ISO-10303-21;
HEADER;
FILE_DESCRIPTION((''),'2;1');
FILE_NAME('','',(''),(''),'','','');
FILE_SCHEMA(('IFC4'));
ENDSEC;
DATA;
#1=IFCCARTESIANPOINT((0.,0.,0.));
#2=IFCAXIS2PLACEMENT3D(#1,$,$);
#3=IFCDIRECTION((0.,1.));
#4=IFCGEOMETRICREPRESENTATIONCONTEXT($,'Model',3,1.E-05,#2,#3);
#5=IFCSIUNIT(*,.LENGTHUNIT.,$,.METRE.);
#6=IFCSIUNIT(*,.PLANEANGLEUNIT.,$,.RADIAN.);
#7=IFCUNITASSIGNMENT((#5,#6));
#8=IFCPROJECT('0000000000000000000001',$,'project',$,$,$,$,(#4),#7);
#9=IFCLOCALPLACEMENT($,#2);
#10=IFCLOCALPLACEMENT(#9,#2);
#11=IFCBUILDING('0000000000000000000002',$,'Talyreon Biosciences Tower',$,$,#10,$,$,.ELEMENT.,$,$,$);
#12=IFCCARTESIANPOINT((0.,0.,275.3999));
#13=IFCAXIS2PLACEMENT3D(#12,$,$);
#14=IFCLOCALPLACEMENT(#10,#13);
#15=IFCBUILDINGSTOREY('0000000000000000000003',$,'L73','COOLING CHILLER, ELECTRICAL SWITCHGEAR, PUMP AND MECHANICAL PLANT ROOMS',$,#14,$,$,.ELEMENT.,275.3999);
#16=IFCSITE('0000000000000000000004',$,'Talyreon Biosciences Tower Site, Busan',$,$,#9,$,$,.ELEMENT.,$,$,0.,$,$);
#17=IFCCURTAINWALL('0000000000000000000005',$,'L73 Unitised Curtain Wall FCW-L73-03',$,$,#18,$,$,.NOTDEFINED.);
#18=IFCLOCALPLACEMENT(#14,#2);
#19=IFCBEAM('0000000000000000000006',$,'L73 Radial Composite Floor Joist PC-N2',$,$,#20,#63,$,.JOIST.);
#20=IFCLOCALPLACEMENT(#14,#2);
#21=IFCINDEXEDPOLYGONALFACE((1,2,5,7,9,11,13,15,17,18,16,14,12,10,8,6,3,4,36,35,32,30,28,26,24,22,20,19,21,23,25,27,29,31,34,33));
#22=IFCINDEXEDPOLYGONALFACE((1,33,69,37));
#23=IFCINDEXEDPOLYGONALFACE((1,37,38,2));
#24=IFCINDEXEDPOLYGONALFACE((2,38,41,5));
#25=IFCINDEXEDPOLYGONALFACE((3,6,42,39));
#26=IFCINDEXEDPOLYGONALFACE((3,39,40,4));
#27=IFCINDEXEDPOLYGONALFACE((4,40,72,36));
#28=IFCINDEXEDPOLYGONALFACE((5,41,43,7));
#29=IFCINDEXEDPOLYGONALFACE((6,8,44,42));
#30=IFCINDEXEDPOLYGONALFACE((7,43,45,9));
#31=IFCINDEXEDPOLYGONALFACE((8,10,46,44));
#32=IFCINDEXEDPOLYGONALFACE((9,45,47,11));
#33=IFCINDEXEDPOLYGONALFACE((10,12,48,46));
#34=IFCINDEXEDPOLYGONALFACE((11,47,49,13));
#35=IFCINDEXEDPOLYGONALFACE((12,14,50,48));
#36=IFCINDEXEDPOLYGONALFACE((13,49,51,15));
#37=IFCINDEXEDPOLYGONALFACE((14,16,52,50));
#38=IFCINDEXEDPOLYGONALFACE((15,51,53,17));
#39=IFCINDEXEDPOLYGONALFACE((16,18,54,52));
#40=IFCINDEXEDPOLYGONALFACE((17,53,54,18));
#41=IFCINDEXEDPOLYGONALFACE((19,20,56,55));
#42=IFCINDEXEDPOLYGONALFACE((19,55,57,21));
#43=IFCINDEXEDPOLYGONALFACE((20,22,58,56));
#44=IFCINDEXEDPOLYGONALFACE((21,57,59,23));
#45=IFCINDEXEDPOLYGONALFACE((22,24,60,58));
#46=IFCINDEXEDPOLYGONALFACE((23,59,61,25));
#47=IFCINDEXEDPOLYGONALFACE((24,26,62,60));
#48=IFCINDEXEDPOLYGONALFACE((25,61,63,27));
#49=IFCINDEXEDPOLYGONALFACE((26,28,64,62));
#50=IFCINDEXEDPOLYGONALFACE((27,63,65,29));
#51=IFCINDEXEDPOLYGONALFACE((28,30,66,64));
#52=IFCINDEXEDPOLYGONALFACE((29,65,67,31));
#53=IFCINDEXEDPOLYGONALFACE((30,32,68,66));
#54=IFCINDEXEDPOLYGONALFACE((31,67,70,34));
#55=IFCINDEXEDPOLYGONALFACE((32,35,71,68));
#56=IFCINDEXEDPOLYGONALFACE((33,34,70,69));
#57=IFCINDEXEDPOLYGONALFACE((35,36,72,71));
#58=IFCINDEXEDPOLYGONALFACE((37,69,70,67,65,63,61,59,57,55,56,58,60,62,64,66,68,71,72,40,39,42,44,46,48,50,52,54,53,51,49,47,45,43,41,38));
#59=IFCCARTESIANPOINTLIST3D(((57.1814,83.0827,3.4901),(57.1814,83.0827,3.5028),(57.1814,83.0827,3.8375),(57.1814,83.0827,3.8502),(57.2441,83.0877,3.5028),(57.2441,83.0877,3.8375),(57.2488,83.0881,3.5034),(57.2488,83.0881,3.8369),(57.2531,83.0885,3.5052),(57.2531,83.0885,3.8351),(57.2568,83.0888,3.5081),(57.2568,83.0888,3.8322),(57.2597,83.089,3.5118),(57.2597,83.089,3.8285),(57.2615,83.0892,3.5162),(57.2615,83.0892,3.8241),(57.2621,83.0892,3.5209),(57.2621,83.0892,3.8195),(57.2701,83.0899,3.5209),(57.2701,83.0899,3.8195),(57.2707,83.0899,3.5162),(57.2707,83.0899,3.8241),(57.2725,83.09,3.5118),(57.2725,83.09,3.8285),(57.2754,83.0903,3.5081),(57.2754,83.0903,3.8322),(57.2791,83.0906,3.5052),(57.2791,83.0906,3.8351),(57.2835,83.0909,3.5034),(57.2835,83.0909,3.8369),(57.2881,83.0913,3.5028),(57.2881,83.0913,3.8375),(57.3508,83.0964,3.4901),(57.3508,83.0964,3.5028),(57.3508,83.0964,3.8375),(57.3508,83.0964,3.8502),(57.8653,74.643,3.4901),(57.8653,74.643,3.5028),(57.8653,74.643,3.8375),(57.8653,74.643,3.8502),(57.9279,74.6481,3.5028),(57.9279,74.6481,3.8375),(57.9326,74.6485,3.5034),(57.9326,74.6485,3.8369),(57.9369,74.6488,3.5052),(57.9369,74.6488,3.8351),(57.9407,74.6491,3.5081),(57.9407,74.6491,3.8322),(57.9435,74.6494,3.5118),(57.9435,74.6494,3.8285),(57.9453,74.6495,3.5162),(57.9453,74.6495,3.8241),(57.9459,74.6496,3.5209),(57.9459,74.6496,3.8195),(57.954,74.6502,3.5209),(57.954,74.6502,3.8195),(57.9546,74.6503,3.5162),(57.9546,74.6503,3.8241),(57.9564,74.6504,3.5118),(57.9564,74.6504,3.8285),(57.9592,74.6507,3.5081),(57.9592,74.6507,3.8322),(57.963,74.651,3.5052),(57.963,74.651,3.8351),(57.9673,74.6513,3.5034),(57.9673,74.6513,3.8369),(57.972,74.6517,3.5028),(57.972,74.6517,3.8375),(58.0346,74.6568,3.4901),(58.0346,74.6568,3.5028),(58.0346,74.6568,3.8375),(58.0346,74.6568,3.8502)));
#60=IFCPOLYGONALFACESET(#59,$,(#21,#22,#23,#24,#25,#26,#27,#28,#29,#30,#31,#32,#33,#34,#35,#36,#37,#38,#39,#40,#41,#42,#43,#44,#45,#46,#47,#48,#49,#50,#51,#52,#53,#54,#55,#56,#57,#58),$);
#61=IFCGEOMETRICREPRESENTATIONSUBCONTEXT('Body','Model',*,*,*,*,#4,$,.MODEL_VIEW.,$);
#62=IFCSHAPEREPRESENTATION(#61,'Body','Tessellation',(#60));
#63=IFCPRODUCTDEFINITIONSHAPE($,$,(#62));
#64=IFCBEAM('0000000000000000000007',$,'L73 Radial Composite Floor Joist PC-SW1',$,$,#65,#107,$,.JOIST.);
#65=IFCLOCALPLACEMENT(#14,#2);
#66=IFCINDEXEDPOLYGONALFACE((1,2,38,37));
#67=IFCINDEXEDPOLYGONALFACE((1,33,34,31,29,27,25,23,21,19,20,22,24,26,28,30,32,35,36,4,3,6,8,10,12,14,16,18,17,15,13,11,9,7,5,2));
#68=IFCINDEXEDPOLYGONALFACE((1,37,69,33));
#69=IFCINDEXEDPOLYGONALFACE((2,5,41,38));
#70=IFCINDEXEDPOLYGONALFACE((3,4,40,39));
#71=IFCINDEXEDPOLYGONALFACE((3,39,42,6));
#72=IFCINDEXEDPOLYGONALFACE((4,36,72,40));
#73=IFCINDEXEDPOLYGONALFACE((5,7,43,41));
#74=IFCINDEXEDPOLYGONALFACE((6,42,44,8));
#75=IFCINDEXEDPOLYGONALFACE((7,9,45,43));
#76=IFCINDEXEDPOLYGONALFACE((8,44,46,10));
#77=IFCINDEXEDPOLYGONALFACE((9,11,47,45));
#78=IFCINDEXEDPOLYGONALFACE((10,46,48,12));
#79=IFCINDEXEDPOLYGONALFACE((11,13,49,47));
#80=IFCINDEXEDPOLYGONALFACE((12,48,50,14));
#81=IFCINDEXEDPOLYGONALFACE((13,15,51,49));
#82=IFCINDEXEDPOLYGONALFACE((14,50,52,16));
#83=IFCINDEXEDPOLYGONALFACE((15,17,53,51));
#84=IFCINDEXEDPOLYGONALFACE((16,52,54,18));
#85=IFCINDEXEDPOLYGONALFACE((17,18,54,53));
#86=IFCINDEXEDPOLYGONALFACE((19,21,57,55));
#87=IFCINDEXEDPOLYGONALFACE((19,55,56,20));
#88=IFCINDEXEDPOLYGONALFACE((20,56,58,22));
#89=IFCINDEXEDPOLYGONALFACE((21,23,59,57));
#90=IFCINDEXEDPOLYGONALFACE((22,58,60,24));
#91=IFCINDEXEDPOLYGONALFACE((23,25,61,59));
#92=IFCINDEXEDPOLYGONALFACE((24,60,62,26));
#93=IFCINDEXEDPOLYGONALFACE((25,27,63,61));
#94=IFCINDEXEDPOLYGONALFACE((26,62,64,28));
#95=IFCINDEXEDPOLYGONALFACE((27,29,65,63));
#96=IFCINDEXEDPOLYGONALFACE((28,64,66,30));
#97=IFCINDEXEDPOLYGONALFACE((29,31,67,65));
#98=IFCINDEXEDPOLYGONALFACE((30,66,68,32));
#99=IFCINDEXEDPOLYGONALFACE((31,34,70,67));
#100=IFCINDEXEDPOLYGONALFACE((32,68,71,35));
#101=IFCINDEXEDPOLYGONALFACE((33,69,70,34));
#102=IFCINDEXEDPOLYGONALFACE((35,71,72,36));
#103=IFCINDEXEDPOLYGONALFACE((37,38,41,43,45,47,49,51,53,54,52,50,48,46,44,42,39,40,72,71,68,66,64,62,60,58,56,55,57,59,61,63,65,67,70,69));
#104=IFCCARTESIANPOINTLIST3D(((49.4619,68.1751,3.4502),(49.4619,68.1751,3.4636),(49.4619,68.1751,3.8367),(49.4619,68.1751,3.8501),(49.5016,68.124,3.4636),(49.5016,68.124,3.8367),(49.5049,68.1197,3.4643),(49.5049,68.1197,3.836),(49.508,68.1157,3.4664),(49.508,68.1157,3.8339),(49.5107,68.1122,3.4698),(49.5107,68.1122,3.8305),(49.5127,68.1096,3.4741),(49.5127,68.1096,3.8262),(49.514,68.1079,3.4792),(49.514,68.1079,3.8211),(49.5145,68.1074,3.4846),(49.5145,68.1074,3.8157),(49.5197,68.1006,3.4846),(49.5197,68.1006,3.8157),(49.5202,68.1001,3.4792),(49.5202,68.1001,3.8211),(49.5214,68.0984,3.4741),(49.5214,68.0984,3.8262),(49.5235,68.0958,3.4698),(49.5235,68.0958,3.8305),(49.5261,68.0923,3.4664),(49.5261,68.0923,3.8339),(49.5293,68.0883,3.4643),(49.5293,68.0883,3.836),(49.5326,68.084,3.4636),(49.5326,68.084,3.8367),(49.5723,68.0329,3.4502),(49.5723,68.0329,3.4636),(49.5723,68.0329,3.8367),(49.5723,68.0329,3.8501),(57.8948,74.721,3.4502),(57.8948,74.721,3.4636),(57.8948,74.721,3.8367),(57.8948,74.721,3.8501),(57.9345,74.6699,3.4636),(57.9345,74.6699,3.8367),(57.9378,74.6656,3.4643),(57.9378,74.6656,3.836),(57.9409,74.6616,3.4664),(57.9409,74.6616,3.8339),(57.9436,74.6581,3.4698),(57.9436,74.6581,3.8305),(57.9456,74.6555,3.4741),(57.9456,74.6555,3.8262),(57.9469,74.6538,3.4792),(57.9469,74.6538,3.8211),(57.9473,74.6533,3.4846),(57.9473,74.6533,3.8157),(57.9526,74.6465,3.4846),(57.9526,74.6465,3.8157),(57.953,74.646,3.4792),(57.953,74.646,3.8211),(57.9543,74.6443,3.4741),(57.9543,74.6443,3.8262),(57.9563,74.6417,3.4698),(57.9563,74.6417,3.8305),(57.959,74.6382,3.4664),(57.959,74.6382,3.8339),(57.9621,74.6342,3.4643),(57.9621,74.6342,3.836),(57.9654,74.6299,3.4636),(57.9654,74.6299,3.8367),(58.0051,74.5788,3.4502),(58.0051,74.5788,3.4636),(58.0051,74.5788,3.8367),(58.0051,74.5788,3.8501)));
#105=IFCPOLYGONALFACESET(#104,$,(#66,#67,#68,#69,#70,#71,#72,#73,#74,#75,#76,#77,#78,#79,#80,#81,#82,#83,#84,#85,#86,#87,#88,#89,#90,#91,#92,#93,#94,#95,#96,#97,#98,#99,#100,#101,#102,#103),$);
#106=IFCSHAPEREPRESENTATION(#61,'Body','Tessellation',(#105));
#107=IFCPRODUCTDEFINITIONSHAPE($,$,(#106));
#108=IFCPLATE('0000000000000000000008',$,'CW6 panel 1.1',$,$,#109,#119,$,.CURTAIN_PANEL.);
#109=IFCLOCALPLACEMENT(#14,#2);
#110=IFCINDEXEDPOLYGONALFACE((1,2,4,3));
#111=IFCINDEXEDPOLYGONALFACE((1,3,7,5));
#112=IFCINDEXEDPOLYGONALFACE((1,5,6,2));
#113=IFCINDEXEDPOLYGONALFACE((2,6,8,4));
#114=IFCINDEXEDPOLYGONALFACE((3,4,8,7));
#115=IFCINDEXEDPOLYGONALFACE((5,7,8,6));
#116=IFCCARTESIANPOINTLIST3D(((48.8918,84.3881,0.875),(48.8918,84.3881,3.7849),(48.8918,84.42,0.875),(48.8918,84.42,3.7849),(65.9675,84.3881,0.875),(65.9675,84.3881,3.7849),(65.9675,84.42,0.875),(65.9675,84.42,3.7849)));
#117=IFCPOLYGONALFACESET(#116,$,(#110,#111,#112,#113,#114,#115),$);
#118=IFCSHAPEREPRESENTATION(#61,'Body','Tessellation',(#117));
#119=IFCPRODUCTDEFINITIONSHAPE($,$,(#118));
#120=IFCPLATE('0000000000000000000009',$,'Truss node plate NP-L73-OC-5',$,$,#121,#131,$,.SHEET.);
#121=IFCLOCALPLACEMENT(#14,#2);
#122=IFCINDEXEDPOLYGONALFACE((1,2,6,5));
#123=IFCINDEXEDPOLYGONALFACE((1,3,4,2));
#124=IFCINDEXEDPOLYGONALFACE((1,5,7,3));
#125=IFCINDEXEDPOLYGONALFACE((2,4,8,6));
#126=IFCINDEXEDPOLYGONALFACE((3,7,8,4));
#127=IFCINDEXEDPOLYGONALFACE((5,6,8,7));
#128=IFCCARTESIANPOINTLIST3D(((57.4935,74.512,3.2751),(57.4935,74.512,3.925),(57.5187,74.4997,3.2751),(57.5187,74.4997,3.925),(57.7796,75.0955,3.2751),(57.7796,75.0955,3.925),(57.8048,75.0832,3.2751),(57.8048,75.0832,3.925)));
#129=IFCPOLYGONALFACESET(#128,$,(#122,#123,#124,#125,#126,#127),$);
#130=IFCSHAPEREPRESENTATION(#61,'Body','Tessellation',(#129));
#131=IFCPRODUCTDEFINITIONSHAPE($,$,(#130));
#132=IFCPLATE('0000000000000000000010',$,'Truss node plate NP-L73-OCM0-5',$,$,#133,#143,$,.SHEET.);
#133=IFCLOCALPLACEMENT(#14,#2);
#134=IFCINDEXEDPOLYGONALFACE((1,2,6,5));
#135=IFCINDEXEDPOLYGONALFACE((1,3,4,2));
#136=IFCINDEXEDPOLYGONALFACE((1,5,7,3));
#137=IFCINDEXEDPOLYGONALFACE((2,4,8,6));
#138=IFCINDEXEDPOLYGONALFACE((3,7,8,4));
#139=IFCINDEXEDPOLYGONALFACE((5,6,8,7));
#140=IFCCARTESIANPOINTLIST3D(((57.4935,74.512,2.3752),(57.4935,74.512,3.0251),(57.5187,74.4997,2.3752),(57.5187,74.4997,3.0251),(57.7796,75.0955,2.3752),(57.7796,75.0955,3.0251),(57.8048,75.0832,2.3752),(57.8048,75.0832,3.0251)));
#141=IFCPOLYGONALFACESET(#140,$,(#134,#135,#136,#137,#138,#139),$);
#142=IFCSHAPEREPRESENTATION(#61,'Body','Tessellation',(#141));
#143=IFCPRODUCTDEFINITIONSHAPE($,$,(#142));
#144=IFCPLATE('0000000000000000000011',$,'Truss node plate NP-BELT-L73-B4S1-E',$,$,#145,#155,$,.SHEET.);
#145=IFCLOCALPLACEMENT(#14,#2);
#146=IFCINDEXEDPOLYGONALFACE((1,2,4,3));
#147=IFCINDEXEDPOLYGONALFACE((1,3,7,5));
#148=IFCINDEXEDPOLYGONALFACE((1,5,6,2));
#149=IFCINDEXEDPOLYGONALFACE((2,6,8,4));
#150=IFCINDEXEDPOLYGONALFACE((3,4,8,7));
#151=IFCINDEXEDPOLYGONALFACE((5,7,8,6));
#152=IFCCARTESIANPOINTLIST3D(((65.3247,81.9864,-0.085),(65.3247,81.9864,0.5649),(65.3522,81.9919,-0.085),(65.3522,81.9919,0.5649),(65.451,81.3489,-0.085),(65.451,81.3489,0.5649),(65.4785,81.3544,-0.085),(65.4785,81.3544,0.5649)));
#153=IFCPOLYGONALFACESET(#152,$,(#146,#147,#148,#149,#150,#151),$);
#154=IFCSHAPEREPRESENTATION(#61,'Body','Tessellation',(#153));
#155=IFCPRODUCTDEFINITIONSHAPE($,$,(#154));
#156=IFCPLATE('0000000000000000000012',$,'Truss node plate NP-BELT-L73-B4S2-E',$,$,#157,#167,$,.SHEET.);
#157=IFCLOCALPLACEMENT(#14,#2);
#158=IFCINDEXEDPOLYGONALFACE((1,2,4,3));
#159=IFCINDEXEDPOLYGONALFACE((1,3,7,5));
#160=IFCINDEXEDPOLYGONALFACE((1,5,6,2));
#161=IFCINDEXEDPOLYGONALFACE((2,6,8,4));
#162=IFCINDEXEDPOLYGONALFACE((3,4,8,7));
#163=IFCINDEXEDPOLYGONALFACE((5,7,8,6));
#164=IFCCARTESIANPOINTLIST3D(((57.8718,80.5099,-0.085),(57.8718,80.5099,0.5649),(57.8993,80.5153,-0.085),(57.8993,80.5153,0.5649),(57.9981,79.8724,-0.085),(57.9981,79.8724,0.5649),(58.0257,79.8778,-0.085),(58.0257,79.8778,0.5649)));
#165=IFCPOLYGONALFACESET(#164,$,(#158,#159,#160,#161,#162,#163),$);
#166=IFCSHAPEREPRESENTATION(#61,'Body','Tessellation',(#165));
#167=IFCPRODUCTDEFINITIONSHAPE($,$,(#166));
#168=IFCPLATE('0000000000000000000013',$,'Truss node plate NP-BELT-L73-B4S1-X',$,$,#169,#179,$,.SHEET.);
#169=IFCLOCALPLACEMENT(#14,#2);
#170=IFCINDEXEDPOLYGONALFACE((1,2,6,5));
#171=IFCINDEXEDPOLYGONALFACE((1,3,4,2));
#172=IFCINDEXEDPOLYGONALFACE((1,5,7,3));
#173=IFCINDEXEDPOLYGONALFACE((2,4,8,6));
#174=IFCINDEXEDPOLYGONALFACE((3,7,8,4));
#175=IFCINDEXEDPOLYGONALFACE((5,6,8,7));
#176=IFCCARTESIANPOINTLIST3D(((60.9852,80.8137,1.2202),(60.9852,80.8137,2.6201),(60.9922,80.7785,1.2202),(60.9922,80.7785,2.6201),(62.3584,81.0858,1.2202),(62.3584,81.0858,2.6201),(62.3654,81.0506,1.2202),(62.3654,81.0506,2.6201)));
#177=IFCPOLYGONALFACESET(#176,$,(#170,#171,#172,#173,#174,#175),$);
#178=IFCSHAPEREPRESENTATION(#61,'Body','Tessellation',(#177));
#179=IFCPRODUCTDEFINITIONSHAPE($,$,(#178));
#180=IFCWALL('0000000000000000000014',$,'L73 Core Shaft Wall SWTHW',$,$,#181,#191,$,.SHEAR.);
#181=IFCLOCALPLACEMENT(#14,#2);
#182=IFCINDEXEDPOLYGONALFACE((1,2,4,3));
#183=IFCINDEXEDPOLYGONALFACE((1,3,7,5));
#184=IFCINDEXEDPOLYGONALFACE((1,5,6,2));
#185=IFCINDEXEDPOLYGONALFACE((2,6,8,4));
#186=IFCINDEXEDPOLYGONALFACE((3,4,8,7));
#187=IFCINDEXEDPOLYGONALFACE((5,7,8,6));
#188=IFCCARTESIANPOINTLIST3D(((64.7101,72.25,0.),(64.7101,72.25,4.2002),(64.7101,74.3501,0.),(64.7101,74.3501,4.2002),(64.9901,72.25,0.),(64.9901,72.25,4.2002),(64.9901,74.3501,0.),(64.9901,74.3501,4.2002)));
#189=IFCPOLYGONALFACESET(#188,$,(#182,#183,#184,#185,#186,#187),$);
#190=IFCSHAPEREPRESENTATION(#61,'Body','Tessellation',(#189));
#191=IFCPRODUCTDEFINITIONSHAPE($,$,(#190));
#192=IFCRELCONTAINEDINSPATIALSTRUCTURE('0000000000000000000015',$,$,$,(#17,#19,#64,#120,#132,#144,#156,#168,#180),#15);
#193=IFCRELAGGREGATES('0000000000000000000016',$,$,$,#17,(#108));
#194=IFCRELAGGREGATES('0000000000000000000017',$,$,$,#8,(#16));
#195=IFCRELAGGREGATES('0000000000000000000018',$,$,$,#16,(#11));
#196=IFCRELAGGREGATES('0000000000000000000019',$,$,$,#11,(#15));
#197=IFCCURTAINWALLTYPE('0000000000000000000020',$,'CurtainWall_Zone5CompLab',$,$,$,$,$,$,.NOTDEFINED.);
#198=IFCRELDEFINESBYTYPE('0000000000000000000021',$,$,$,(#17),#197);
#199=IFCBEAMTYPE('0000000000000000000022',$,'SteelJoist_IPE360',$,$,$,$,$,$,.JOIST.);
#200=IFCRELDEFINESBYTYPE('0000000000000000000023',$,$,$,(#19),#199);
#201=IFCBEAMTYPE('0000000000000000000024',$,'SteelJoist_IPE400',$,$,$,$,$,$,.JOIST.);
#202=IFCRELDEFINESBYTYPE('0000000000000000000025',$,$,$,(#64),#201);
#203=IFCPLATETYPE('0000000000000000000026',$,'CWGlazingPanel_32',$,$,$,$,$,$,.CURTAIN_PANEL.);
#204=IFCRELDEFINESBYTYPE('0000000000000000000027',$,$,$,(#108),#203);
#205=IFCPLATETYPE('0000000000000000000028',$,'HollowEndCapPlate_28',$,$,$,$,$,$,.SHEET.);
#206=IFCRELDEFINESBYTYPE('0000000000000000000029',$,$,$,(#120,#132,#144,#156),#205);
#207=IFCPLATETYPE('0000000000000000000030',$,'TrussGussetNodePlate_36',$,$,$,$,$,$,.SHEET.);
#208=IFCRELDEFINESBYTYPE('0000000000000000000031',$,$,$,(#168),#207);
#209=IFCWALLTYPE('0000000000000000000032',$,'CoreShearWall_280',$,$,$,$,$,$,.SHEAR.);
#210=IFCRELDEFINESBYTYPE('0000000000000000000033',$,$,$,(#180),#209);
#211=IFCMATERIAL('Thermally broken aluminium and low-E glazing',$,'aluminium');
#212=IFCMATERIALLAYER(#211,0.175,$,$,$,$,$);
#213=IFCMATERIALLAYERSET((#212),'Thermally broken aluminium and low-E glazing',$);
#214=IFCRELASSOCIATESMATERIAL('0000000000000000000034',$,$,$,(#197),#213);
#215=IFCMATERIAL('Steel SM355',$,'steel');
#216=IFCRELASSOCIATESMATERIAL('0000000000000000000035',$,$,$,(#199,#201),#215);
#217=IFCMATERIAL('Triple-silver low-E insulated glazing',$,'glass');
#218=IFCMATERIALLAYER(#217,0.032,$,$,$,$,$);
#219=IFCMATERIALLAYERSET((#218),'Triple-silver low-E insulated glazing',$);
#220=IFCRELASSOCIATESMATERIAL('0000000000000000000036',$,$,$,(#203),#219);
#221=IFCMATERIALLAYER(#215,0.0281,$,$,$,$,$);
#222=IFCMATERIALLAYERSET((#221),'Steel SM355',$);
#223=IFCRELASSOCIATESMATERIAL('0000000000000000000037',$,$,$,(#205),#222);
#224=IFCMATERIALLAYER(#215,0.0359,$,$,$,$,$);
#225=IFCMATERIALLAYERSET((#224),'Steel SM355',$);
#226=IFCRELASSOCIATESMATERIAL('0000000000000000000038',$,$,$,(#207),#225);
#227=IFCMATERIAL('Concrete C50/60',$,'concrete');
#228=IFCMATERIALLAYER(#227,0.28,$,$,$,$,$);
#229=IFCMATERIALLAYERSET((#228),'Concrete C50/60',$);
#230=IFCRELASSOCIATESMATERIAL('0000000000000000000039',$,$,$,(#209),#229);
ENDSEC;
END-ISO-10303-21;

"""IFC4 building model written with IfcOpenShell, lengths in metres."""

from ifc_helpers import new_model, si_unit, direction, frame, frame_2d, origin, origin_2d, place, context, subcontext, project, spatial, rectangle, i_section, extrude, material, layer, layer_set, material_profile, profile_set, type_object, element, aggregate, save


model = new_model("IFC4")

# Units and contexts
model_context = context("Model", 3, precision=1e-05, world=origin(), true_north=direction((0.0, 1.0)))
body_context = subcontext(model_context, "Body", "Model", "MODEL_VIEW")
ifc_project = project(units=[si_unit("LENGTHUNIT", "METRE"), si_unit("PLANEANGLEUNIT", "RADIAN")], contexts=[model_context])

# Site, building, storey
site_placement = place(None, origin())
site = spatial("IfcSite", under=ifc_project, at=site_placement, Name="Talyreon Biosciences Tower Site, Busan", CompositionType="ELEMENT", RefElevation=0.0)
building_placement = place(site_placement, origin())
building = spatial("IfcBuilding", under=site, at=building_placement, Name="Talyreon Biosciences Tower", CompositionType="ELEMENT")
storey_placement = place(building_placement, frame((0.0, 0.0, 275.3999)))
storey = spatial("IfcBuildingStorey", under=building, at=storey_placement, Name="L73", Description="COOLING CHILLER, ELECTRICAL SWITCHGEAR, PUMP AND MECHANICAL PLANT ROOMS", CompositionType="ELEMENT", Elevation=275.3999)

# Shared definitions
ifc_material_1 = material(Name="Concrete C50/60", Category="concrete")

# Shared definitions
ifc_material_2 = material(Name="Steel SM355", Category="steel")

# Curtain wall
ifc_material_3 = material(Name="Thermally broken aluminium and low-E glazing", Category="aluminium")
ifc_layer_1 = layer(ifc_material_3, 0.175)
ifc_layer_set_1 = layer_set([ifc_layer_1], Name="Thermally broken aluminium and low-E glazing")
curtain_wall_type = type_object("IfcCurtainWallType", Name="CurtainWall_Zone5CompLab", PredefinedType="NOTDEFINED", material=ifc_layer_set_1)
curtain_wall_placement = place(storey_placement, origin())
curtain_wall = element("IfcCurtainWall", 1, at=curtain_wall_placement, inside=storey, type_object=curtain_wall_type, Name="L73 Unitised Curtain Wall FCW-L73-03", PredefinedType="NOTDEFINED")

# Beams
ifc_material_profile_1 = material_profile(ifc_material_2, i_section(OverallWidth=0.1699, OverallDepth=0.3601, WebThickness=0.0081, FlangeThickness=0.0127, FilletRadius=0.0181, at=origin_2d()), Name="IPE360")
ifc_profile_set_1 = profile_set([ifc_material_profile_1], Name="Steel SM355")
beam_type_1 = type_object("IfcBeamType", Name="SteelJoist_IPE360", PredefinedType="JOIST", material=ifc_profile_set_1)
beam_1_placement = place(storey_placement, frame((57.95, 74.6499, 3.6702), z_axis=(-0.080762, 0.996733, 0.0), x_axis=(-0.996733, -0.080762, 0.0)))
element("IfcBeam", 2, at=beam_1_placement, inside=storey, type_object=beam_type_1, Name="L73 Radial Composite Floor Joist PC-N2", PredefinedType="JOIST", context=body_context, shape_type="SweptSolid", body=[
    extrude(i_section(OverallWidth=0.1699, OverallDepth=0.3601, WebThickness=0.0081, FlangeThickness=0.0127, FilletRadius=0.0181, at=origin_2d()), origin(), (0.0, 0.0, 1.0), 8.4673),
])
ifc_material_profile_2 = material_profile(ifc_material_2, i_section(OverallWidth=0.1799, OverallDepth=0.3999, WebThickness=0.0085, FlangeThickness=0.0134, FilletRadius=0.021, at=origin_2d()), Name="IPE400")
ifc_profile_set_2 = profile_set([ifc_material_profile_2], Name="Steel SM355")
beam_type_2 = type_object("IfcBeamType", Name="SteelJoist_IPE400", PredefinedType="JOIST", material=ifc_profile_set_2)
beam_2_placement = place(storey_placement, frame((57.95, 74.6499, 3.6501), z_axis=(-0.789942, -0.613182, 0.0), x_axis=(0.613182, -0.789942, 0.0)))
element("IfcBeam", 3, at=beam_2_placement, inside=storey, type_object=beam_type_2, Name="L73 Radial Composite Floor Joist PC-SW1", PredefinedType="JOIST", context=body_context, shape_type="SweptSolid", body=[
    extrude(i_section(OverallWidth=0.1799, OverallDepth=0.3999, WebThickness=0.0085, FlangeThickness=0.0134, FilletRadius=0.021, at=origin_2d()), origin(), (0.0, 0.0, 1.0), 10.6753),
])

# Plate
ifc_material_4 = material(Name="Triple-silver low-E insulated glazing", Category="glass")
ifc_layer_2 = layer(ifc_material_4, 0.032)
ifc_layer_set_2 = layer_set([ifc_layer_2], Name="Triple-silver low-E insulated glazing")
plate_type_1 = type_object("IfcPlateType", Name="CWGlazingPanel_32", PredefinedType="CURTAIN_PANEL", material=ifc_layer_set_2)
plate_1_placement = place(storey_placement, frame((57.4297, 84.4041, 0.875), z_axis=(0.0, 0.0, 1.0), x_axis=(1.0, 0.0, 0.0)))
plate_1 = element("IfcPlate", 4, at=plate_1_placement, type_object=plate_type_1, Name="CW6 panel 1.1", PredefinedType="CURTAIN_PANEL", context=body_context, shape_type="SweptSolid", body=[
    extrude(rectangle(XDim=17.0757, YDim=0.032, at=origin_2d()), origin(), (0.0, 0.0, 1.0), 2.9099),
])
aggregate(curtain_wall, [plate_1])

# Plates
ifc_layer_3 = layer(ifc_material_2, 0.0281)
ifc_layer_set_3 = layer_set([ifc_layer_3], Name="Steel SM355")
plate_type_2 = type_object("IfcPlateType", Name="HollowEndCapPlate_28", PredefinedType="SHEET", material=ifc_layer_set_3)
for number, where, z_axis, x_axis, name in (
    (5, (57.6492, 74.7976, 3.2751), (0.0, 0.0, 1.0), (-0.440284, -0.897859, 0.0), "Truss node plate NP-L73-OC-5"),
    (6, (57.6492, 74.7976, 2.3752), (0.0, 0.0, 1.0), (-0.440284, -0.897859, 0.0), "Truss node plate NP-L73-OCM0-5"),
    (7, (65.4016, 81.6704, -0.085), (0.0, 0.0, 1.0), (0.194354, -0.980931, 0.0), "Truss node plate NP-BELT-L73-B4S1-E"),
    (8, (57.9487, 80.1938, -0.085), (0.0, 0.0, 1.0), (0.194354, -0.980931, 0.0), "Truss node plate NP-BELT-L73-B4S2-E"),
):
    element("IfcPlate", number, at=place(storey_placement, frame(where, z_axis=z_axis, x_axis=x_axis)), inside=storey, type_object=plate_type_2, Name=name, PredefinedType="SHEET", context=body_context, shape_type="SweptSolid", body=[
        extrude(rectangle(XDim=0.6499, YDim=0.0281, at=origin_2d()), origin(), (0.0, 0.0, 1.0), 0.6499),
    ])
ifc_layer_4 = layer(ifc_material_2, 0.0359)
ifc_layer_set_4 = layer_set([ifc_layer_4], Name="Steel SM355")
plate_type_3 = type_object("IfcPlateType", Name="TrussGussetNodePlate_36", PredefinedType="SHEET", material=ifc_layer_set_4)
plate_2_placement = place(storey_placement, frame((61.6753, 80.9321, 1.2202), z_axis=(0.0, 0.0, 1.0), x_axis=(-0.980931, -0.194354, 0.0)))
element("IfcPlate", 9, at=plate_2_placement, inside=storey, type_object=plate_type_3, Name="Truss node plate NP-BELT-L73-B4S1-X", PredefinedType="SHEET", context=body_context, shape_type="SweptSolid", body=[
    extrude(rectangle(XDim=1.3999, YDim=0.0359, at=origin_2d()), origin(), (0.0, 0.0, 1.0), 1.3999),
])

# Wall
ifc_layer_5 = layer(ifc_material_1, 0.28)
ifc_layer_set_5 = layer_set([ifc_layer_5], Name="Concrete C50/60")
wall_type_1 = type_object("IfcWallType", Name="CoreShearWall_280", PredefinedType="SHEAR", material=ifc_layer_set_5)
wall_1_placement = place(storey_placement, frame((64.8501, 72.25, 0.0), z_axis=(0.0, 0.0, 1.0), x_axis=(0.0, 1.0, 0.0)))
element("IfcWall", 10, at=wall_1_placement, inside=storey, type_object=wall_type_1, Name="L73 Core Shaft Wall SWTHW", PredefinedType="SHEAR", context=body_context, shape_type="SweptSolid", body=[
    extrude(rectangle(XDim=2.1001, YDim=0.28, at=frame_2d((1.05, 0.0))), origin(), (0.0, 0.0, 1.0), 4.2002),
])

save(model, "model.ifc")
